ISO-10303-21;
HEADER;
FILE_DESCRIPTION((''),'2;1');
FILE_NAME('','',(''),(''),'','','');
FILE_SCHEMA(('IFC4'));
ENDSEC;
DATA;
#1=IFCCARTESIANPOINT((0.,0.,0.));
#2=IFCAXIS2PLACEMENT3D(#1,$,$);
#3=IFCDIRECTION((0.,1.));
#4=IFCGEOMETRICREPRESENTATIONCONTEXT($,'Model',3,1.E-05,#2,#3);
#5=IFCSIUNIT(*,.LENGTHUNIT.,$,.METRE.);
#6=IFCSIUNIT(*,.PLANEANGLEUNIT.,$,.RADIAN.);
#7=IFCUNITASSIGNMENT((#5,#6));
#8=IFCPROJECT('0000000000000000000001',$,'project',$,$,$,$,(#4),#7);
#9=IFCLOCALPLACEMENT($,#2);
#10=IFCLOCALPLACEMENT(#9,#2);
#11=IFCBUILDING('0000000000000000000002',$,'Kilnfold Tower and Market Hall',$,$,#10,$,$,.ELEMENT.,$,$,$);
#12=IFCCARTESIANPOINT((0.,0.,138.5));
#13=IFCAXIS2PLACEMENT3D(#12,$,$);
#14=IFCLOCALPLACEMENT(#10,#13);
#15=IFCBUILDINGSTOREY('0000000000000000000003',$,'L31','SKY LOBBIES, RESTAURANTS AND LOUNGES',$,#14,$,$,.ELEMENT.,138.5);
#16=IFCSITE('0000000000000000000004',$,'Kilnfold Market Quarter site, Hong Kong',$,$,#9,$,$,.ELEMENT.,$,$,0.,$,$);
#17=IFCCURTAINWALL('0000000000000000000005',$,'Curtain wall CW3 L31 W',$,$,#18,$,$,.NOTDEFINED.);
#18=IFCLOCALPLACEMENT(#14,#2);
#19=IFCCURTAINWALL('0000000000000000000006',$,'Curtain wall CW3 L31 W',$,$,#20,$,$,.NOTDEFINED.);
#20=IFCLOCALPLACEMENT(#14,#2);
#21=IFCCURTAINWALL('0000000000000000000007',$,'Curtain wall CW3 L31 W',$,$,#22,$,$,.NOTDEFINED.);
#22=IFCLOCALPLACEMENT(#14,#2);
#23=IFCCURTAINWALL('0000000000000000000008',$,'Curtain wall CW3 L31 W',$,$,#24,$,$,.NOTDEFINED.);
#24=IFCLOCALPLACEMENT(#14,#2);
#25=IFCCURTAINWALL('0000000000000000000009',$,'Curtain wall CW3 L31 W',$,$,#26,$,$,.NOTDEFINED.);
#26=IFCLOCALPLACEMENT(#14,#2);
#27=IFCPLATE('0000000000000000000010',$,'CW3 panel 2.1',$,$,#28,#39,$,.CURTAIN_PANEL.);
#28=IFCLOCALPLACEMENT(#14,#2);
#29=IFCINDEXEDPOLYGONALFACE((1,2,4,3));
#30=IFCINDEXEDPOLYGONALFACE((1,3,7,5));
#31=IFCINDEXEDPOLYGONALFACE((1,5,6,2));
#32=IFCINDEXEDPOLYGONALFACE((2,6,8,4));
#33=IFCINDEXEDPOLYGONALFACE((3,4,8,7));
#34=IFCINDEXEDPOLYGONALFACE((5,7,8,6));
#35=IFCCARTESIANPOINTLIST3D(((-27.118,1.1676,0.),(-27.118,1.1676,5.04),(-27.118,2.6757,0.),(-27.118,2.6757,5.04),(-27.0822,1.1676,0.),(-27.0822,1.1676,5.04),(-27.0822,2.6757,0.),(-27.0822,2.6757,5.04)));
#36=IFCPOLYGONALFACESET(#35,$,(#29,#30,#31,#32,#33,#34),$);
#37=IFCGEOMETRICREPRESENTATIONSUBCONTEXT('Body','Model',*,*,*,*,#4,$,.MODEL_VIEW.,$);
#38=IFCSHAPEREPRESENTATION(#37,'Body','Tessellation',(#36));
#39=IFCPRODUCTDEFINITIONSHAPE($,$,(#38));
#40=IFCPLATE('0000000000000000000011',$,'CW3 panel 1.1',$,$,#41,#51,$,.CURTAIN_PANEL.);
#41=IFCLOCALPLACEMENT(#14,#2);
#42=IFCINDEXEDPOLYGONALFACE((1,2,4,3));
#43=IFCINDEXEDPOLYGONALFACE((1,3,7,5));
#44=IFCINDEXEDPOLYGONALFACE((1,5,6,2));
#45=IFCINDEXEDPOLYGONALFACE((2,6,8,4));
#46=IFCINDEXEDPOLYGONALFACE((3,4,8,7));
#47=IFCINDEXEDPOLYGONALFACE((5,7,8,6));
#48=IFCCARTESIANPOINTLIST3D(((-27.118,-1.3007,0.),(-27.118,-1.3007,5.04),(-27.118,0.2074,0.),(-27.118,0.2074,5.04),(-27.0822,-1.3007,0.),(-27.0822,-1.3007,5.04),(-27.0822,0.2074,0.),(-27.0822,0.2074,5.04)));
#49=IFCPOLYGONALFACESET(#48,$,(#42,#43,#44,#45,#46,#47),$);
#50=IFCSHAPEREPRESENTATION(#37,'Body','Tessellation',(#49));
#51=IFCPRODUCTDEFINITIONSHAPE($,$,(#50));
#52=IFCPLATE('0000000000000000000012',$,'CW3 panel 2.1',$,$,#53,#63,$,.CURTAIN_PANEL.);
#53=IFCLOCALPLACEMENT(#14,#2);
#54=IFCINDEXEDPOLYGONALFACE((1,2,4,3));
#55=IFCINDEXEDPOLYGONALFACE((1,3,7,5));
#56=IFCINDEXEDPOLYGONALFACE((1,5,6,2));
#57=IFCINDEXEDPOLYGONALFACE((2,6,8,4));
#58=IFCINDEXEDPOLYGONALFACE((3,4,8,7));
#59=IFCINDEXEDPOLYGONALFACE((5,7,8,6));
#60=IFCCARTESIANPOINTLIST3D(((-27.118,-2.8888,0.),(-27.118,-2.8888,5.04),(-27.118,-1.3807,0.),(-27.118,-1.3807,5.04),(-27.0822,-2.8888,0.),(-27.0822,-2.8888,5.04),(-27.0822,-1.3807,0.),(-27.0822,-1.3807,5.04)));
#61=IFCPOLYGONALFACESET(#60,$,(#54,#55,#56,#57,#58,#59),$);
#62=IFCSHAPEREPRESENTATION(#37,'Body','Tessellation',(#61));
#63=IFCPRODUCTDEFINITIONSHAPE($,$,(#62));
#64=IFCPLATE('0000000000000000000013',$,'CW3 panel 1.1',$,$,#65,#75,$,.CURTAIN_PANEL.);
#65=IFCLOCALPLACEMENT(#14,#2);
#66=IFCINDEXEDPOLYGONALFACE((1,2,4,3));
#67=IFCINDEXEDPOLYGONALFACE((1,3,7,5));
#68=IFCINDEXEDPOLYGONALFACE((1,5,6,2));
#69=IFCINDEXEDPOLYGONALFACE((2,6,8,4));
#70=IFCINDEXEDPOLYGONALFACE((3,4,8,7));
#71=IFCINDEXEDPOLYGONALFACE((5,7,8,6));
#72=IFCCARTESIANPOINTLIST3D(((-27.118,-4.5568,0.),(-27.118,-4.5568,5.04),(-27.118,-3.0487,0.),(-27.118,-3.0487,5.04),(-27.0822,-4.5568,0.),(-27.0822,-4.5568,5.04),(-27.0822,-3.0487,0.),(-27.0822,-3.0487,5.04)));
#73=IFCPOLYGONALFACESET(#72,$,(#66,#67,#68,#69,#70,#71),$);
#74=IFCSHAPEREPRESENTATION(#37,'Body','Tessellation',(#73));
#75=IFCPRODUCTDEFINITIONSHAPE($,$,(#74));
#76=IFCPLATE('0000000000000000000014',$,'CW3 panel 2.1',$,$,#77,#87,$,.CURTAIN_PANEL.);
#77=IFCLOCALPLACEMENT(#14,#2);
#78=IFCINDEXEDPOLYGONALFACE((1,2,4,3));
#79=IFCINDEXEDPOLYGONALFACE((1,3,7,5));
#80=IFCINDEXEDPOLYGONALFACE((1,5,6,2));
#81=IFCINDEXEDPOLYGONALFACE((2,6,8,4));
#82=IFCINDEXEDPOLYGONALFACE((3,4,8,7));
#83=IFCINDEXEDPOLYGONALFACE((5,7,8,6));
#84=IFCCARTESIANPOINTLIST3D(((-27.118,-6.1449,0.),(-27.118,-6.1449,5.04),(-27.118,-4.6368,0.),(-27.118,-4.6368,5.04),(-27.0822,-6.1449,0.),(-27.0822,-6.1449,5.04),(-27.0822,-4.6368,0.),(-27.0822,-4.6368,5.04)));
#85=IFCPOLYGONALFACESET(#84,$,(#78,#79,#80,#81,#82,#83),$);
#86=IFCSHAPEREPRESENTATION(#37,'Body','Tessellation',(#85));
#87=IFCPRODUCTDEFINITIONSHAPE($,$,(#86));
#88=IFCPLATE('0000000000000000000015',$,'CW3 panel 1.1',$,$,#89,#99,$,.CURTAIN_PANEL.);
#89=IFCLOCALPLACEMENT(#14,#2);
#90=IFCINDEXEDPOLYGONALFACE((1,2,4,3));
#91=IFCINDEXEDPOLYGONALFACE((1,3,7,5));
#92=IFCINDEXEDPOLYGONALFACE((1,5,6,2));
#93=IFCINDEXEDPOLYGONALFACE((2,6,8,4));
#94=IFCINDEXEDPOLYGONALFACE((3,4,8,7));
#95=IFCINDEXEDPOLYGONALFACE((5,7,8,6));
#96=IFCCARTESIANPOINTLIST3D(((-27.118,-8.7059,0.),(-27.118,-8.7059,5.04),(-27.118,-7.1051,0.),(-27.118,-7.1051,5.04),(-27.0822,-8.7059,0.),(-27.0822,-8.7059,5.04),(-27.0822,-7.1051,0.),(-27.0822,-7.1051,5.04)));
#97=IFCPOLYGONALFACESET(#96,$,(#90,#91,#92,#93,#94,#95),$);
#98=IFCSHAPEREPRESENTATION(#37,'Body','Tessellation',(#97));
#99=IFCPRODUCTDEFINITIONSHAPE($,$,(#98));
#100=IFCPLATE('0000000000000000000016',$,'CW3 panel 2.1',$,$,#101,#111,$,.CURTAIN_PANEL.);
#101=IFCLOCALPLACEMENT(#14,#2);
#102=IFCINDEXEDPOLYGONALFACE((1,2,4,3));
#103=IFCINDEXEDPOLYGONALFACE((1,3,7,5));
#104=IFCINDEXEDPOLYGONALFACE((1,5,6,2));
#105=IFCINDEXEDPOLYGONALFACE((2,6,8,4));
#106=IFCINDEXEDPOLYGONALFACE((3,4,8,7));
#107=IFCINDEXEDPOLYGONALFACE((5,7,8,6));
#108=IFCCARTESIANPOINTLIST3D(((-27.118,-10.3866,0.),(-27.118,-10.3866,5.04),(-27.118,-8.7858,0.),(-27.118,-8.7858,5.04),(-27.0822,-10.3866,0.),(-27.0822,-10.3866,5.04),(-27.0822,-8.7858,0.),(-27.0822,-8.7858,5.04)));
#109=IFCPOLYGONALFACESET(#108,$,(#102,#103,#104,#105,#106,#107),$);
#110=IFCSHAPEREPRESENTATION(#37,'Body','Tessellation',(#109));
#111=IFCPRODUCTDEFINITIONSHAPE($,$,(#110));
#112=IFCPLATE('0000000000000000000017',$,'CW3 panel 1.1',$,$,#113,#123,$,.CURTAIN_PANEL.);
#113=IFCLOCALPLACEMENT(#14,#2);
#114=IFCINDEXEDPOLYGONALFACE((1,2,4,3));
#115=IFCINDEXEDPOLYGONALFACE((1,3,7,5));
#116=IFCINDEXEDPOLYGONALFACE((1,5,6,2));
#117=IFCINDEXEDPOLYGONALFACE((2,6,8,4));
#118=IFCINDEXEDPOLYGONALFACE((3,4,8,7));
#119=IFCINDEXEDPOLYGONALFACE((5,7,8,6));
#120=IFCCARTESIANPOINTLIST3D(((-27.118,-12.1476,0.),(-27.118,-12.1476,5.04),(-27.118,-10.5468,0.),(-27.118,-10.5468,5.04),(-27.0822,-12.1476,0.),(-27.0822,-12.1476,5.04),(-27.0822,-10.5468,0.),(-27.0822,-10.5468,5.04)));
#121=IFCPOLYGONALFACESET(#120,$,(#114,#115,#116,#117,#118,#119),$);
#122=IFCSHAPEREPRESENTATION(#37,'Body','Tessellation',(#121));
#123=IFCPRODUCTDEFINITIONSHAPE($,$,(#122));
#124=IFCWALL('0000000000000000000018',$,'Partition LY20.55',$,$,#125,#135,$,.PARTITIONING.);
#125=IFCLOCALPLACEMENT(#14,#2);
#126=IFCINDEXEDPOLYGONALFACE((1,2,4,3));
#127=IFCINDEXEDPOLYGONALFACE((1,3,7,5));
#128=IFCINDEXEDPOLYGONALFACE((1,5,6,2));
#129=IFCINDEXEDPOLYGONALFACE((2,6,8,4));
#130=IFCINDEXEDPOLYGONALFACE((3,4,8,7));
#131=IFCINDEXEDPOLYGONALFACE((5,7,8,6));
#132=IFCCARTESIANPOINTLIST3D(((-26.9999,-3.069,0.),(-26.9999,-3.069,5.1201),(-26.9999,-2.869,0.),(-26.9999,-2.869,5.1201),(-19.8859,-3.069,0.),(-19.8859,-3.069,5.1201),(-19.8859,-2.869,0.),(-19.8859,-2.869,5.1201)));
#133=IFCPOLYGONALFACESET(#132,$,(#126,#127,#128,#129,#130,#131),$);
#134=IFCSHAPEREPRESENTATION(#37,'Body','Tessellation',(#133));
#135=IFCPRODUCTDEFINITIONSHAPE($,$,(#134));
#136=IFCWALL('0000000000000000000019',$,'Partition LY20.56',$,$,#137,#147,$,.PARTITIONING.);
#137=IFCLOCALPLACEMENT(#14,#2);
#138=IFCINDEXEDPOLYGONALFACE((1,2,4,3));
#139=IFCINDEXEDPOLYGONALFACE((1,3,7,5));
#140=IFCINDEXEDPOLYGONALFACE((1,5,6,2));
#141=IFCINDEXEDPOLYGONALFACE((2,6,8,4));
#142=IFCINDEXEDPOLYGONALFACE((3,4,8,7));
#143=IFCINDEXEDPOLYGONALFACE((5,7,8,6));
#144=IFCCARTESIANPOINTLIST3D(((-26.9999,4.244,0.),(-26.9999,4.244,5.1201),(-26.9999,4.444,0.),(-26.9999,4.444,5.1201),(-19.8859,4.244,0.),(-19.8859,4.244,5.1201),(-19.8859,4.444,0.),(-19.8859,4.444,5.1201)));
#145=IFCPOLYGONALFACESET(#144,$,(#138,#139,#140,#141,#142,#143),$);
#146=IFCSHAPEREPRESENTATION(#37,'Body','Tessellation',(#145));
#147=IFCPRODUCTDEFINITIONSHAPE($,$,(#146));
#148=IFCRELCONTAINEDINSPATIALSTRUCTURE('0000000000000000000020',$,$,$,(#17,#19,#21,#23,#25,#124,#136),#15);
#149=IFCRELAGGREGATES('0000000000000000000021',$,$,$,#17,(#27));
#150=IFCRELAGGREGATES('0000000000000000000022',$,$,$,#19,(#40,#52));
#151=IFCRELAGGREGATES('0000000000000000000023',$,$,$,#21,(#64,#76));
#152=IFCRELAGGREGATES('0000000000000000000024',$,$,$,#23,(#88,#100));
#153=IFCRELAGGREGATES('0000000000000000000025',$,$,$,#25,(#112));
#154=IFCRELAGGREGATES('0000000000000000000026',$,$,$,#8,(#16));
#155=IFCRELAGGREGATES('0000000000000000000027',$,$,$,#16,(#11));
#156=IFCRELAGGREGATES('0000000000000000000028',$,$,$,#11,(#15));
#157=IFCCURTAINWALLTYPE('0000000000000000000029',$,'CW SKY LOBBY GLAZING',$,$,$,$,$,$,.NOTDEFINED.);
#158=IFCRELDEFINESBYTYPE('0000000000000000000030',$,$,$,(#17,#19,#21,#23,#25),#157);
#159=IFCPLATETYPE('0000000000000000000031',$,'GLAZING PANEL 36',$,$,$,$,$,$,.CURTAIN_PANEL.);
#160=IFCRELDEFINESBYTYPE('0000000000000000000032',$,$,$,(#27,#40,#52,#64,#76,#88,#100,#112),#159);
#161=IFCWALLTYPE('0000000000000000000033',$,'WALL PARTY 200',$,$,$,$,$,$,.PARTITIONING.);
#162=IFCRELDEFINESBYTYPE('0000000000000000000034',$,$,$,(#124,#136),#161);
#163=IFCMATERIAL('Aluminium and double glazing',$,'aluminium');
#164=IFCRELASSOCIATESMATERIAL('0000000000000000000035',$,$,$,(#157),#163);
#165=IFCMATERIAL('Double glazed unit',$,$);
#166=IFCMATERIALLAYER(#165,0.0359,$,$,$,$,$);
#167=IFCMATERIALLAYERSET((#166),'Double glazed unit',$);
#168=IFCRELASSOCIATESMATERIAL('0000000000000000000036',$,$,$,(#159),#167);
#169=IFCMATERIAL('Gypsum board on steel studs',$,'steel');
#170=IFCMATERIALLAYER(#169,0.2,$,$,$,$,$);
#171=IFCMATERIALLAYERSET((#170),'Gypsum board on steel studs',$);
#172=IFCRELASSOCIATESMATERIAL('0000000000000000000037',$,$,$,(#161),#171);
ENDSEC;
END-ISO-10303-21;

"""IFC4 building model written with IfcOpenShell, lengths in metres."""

from ifc_helpers import new_model, si_unit, direction, frame, frame_2d, origin, origin_2d, place, context, subcontext, project, spatial, rectangle, extrude, source, transform, mapped, material, layer, layer_set, type_object, element, aggregate, save


model = new_model("IFC4")

# Units and contexts
model_context = context("Model", 3, precision=1e-05, world=origin(), true_north=direction((0.0, 1.0)))
body_context = subcontext(model_context, "Body", "Model", "MODEL_VIEW")
ifc_project = project(units=[si_unit("LENGTHUNIT", "METRE"), si_unit("PLANEANGLEUNIT", "RADIAN")], contexts=[model_context])

# Site, building, storey
site_placement = place(None, origin())
site = spatial("IfcSite", under=ifc_project, at=site_placement, Name="Kilnfold Market Quarter site, Hong Kong", CompositionType="ELEMENT", RefElevation=0.0)
building_placement = place(site_placement, origin())
building = spatial("IfcBuilding", under=site, at=building_placement, Name="Kilnfold Tower and Market Hall", CompositionType="ELEMENT")
storey_placement = place(building_placement, frame((0.0, 0.0, 138.5)))
storey = spatial("IfcBuildingStorey", under=building, at=storey_placement, Name="L31", Description="SKY LOBBIES, RESTAURANTS AND LOUNGES", CompositionType="ELEMENT", Elevation=138.5)

# Curtain walls
ifc_material_1 = material(Name="Aluminium and double glazing", Category="aluminium")
curtain_wall_type = type_object("IfcCurtainWallType", Name="CW SKY LOBBY GLAZING", PredefinedType="NOTDEFINED", material=ifc_material_1)
curtain_wall_1_placement = place(storey_placement, origin())
curtain_wall_1 = element("IfcCurtainWall", 1, at=curtain_wall_1_placement, inside=storey, type_object=curtain_wall_type, Name="Curtain wall CW3 L31 W", PredefinedType="NOTDEFINED")
curtain_wall_2_placement = place(storey_placement, origin())
curtain_wall_2 = element("IfcCurtainWall", 2, at=curtain_wall_2_placement, inside=storey, type_object=curtain_wall_type, Name="Curtain wall CW3 L31 W", PredefinedType="NOTDEFINED")
curtain_wall_3_placement = place(storey_placement, origin())
curtain_wall_3 = element("IfcCurtainWall", 3, at=curtain_wall_3_placement, inside=storey, type_object=curtain_wall_type, Name="Curtain wall CW3 L31 W", PredefinedType="NOTDEFINED")
curtain_wall_4_placement = place(storey_placement, origin())
curtain_wall_4 = element("IfcCurtainWall", 4, at=curtain_wall_4_placement, inside=storey, type_object=curtain_wall_type, Name="Curtain wall CW3 L31 W", PredefinedType="NOTDEFINED")

# Curtain wall
curtain_wall_5_placement = place(storey_placement, origin())
curtain_wall_5 = element("IfcCurtainWall", 5, at=curtain_wall_5_placement, inside=storey, type_object=curtain_wall_type, Name="Curtain wall CW3 L31 W", PredefinedType="NOTDEFINED")

# Plates
ifc_material_2 = material(Name="Double glazed unit")
ifc_layer_1 = layer(ifc_material_2, 0.0359)
ifc_layer_set_1 = layer_set([ifc_layer_1], Name="Double glazed unit")
plate_type = type_object("IfcPlateType", Name="GLAZING PANEL 36", PredefinedType="CURTAIN_PANEL", material=ifc_layer_set_1)
shared_shape_1 = source(origin(), body_context, "Body", "SweptSolid", [
    extrude(rectangle(XDim=1.5081, YDim=0.0359, at=origin_2d()), origin(), (0.0, 0.0, 1.0), 5.04),
])
plate_1_placement = place(storey_placement, frame((-27.1001, 1.9216, 0.0), z_axis=(0.0, 0.0, 1.0), x_axis=(0.0, -1.0, 0.0)))
plate_1 = element("IfcPlate", 6, at=plate_1_placement, type_object=plate_type, Name="CW3 panel 2.1", PredefinedType="CURTAIN_PANEL", context=body_context, shape_type="MappedRepresentation", body=[
    mapped(shared_shape_1, transform((0.0, 0.0, 0.0))),
])
aggregate(curtain_wall_1, [plate_1])
plate_2_placement = place(storey_placement, frame((-27.1001, -0.5466, 0.0), z_axis=(0.0, 0.0, 1.0), x_axis=(0.0, -1.0, 0.0)))
plate_2 = element("IfcPlate", 7, at=plate_2_placement, type_object=plate_type, Name="CW3 panel 1.1", PredefinedType="CURTAIN_PANEL", context=body_context, shape_type="MappedRepresentation", body=[
    mapped(shared_shape_1, transform((0.0, 0.0, 0.0))),
])
plate_3_placement = place(storey_placement, frame((-27.1001, -2.1348, 0.0), z_axis=(0.0, 0.0, 1.0), x_axis=(0.0, -1.0, 0.0)))
plate_3 = element("IfcPlate", 8, at=plate_3_placement, type_object=plate_type, Name="CW3 panel 2.1", PredefinedType="CURTAIN_PANEL", context=body_context, shape_type="MappedRepresentation", body=[
    mapped(shared_shape_1, transform((0.0, 0.0, 0.0))),
])
aggregate(curtain_wall_2, [plate_2, plate_3])
plate_4_placement = place(storey_placement, frame((-27.1001, -3.8027, 0.0), z_axis=(0.0, 0.0, 1.0), x_axis=(0.0, -1.0, 0.0)))
plate_4 = element("IfcPlate", 9, at=plate_4_placement, type_object=plate_type, Name="CW3 panel 1.1", PredefinedType="CURTAIN_PANEL", context=body_context, shape_type="MappedRepresentation", body=[
    mapped(shared_shape_1, transform((0.0, 0.0, 0.0))),
])
plate_5_placement = place(storey_placement, frame((-27.1001, -5.3909, 0.0), z_axis=(0.0, 0.0, 1.0), x_axis=(0.0, -1.0, 0.0)))
plate_5 = element("IfcPlate", 10, at=plate_5_placement, type_object=plate_type, Name="CW3 panel 2.1", PredefinedType="CURTAIN_PANEL", context=body_context, shape_type="MappedRepresentation", body=[
    mapped(shared_shape_1, transform((0.0, 0.0, 0.0))),
])
aggregate(curtain_wall_3, [plate_4, plate_5])
shared_shape_2 = source(origin(), body_context, "Body", "SweptSolid", [
    extrude(rectangle(XDim=1.6008, YDim=0.0359, at=origin_2d()), origin(), (0.0, 0.0, 1.0), 5.04),
])
plate_6_placement = place(storey_placement, frame((-27.1001, -7.9055, 0.0), z_axis=(0.0, 0.0, 1.0), x_axis=(0.0, -1.0, 0.0)))
plate_6 = element("IfcPlate", 11, at=plate_6_placement, type_object=plate_type, Name="CW3 panel 1.1", PredefinedType="CURTAIN_PANEL", context=body_context, shape_type="MappedRepresentation", body=[
    mapped(shared_shape_2, transform((0.0, 0.0, 0.0))),
])
plate_7_placement = place(storey_placement, frame((-27.1001, -9.5862, 0.0), z_axis=(0.0, 0.0, 1.0), x_axis=(0.0, -1.0, 0.0)))
plate_7 = element("IfcPlate", 12, at=plate_7_placement, type_object=plate_type, Name="CW3 panel 2.1", PredefinedType="CURTAIN_PANEL", context=body_context, shape_type="MappedRepresentation", body=[
    mapped(shared_shape_2, transform((0.0, 0.0, 0.0))),
])
aggregate(curtain_wall_4, [plate_6, plate_7])
plate_8_placement = place(storey_placement, frame((-27.1001, -11.3472, 0.0), z_axis=(0.0, 0.0, 1.0), x_axis=(0.0, -1.0, 0.0)))
plate_8 = element("IfcPlate", 13, at=plate_8_placement, type_object=plate_type, Name="CW3 panel 1.1", PredefinedType="CURTAIN_PANEL", context=body_context, shape_type="MappedRepresentation", body=[
    mapped(shared_shape_2, transform((0.0, 0.0, 0.0))),
])
aggregate(curtain_wall_5, [plate_8])

# Walls
ifc_material_3 = material(Name="Gypsum board on steel studs", Category="steel")
ifc_layer_2 = layer(ifc_material_3, 0.2)
ifc_layer_set_2 = layer_set([ifc_layer_2], Name="Gypsum board on steel studs")
wall_type = type_object("IfcWallType", Name="WALL PARTY 200", PredefinedType="PARTITIONING", material=ifc_layer_set_2)
for number, where, z_axis, x_axis, name in (
    (14, (-27.0, -2.969, 0.0), (0.0, 0.0, 1.0), (1.0, 0.0, 0.0), "Partition LY20.55"),
    (15, (-27.0, 4.344, 0.0), (0.0, 0.0, 1.0), (1.0, 0.0, 0.0), "Partition LY20.56"),
):
    element("IfcWall", number, at=place(storey_placement, frame(where, z_axis=z_axis, x_axis=x_axis)), inside=storey, type_object=wall_type, Name=name, PredefinedType="PARTITIONING", context=body_context, shape_type="SweptSolid", body=[
        extrude(rectangle(XDim=7.114, YDim=0.2, at=frame_2d((3.5571, 0.0))), origin(), (0.0, 0.0, 1.0), 5.1201),
    ])

save(model, "model.ifc")
